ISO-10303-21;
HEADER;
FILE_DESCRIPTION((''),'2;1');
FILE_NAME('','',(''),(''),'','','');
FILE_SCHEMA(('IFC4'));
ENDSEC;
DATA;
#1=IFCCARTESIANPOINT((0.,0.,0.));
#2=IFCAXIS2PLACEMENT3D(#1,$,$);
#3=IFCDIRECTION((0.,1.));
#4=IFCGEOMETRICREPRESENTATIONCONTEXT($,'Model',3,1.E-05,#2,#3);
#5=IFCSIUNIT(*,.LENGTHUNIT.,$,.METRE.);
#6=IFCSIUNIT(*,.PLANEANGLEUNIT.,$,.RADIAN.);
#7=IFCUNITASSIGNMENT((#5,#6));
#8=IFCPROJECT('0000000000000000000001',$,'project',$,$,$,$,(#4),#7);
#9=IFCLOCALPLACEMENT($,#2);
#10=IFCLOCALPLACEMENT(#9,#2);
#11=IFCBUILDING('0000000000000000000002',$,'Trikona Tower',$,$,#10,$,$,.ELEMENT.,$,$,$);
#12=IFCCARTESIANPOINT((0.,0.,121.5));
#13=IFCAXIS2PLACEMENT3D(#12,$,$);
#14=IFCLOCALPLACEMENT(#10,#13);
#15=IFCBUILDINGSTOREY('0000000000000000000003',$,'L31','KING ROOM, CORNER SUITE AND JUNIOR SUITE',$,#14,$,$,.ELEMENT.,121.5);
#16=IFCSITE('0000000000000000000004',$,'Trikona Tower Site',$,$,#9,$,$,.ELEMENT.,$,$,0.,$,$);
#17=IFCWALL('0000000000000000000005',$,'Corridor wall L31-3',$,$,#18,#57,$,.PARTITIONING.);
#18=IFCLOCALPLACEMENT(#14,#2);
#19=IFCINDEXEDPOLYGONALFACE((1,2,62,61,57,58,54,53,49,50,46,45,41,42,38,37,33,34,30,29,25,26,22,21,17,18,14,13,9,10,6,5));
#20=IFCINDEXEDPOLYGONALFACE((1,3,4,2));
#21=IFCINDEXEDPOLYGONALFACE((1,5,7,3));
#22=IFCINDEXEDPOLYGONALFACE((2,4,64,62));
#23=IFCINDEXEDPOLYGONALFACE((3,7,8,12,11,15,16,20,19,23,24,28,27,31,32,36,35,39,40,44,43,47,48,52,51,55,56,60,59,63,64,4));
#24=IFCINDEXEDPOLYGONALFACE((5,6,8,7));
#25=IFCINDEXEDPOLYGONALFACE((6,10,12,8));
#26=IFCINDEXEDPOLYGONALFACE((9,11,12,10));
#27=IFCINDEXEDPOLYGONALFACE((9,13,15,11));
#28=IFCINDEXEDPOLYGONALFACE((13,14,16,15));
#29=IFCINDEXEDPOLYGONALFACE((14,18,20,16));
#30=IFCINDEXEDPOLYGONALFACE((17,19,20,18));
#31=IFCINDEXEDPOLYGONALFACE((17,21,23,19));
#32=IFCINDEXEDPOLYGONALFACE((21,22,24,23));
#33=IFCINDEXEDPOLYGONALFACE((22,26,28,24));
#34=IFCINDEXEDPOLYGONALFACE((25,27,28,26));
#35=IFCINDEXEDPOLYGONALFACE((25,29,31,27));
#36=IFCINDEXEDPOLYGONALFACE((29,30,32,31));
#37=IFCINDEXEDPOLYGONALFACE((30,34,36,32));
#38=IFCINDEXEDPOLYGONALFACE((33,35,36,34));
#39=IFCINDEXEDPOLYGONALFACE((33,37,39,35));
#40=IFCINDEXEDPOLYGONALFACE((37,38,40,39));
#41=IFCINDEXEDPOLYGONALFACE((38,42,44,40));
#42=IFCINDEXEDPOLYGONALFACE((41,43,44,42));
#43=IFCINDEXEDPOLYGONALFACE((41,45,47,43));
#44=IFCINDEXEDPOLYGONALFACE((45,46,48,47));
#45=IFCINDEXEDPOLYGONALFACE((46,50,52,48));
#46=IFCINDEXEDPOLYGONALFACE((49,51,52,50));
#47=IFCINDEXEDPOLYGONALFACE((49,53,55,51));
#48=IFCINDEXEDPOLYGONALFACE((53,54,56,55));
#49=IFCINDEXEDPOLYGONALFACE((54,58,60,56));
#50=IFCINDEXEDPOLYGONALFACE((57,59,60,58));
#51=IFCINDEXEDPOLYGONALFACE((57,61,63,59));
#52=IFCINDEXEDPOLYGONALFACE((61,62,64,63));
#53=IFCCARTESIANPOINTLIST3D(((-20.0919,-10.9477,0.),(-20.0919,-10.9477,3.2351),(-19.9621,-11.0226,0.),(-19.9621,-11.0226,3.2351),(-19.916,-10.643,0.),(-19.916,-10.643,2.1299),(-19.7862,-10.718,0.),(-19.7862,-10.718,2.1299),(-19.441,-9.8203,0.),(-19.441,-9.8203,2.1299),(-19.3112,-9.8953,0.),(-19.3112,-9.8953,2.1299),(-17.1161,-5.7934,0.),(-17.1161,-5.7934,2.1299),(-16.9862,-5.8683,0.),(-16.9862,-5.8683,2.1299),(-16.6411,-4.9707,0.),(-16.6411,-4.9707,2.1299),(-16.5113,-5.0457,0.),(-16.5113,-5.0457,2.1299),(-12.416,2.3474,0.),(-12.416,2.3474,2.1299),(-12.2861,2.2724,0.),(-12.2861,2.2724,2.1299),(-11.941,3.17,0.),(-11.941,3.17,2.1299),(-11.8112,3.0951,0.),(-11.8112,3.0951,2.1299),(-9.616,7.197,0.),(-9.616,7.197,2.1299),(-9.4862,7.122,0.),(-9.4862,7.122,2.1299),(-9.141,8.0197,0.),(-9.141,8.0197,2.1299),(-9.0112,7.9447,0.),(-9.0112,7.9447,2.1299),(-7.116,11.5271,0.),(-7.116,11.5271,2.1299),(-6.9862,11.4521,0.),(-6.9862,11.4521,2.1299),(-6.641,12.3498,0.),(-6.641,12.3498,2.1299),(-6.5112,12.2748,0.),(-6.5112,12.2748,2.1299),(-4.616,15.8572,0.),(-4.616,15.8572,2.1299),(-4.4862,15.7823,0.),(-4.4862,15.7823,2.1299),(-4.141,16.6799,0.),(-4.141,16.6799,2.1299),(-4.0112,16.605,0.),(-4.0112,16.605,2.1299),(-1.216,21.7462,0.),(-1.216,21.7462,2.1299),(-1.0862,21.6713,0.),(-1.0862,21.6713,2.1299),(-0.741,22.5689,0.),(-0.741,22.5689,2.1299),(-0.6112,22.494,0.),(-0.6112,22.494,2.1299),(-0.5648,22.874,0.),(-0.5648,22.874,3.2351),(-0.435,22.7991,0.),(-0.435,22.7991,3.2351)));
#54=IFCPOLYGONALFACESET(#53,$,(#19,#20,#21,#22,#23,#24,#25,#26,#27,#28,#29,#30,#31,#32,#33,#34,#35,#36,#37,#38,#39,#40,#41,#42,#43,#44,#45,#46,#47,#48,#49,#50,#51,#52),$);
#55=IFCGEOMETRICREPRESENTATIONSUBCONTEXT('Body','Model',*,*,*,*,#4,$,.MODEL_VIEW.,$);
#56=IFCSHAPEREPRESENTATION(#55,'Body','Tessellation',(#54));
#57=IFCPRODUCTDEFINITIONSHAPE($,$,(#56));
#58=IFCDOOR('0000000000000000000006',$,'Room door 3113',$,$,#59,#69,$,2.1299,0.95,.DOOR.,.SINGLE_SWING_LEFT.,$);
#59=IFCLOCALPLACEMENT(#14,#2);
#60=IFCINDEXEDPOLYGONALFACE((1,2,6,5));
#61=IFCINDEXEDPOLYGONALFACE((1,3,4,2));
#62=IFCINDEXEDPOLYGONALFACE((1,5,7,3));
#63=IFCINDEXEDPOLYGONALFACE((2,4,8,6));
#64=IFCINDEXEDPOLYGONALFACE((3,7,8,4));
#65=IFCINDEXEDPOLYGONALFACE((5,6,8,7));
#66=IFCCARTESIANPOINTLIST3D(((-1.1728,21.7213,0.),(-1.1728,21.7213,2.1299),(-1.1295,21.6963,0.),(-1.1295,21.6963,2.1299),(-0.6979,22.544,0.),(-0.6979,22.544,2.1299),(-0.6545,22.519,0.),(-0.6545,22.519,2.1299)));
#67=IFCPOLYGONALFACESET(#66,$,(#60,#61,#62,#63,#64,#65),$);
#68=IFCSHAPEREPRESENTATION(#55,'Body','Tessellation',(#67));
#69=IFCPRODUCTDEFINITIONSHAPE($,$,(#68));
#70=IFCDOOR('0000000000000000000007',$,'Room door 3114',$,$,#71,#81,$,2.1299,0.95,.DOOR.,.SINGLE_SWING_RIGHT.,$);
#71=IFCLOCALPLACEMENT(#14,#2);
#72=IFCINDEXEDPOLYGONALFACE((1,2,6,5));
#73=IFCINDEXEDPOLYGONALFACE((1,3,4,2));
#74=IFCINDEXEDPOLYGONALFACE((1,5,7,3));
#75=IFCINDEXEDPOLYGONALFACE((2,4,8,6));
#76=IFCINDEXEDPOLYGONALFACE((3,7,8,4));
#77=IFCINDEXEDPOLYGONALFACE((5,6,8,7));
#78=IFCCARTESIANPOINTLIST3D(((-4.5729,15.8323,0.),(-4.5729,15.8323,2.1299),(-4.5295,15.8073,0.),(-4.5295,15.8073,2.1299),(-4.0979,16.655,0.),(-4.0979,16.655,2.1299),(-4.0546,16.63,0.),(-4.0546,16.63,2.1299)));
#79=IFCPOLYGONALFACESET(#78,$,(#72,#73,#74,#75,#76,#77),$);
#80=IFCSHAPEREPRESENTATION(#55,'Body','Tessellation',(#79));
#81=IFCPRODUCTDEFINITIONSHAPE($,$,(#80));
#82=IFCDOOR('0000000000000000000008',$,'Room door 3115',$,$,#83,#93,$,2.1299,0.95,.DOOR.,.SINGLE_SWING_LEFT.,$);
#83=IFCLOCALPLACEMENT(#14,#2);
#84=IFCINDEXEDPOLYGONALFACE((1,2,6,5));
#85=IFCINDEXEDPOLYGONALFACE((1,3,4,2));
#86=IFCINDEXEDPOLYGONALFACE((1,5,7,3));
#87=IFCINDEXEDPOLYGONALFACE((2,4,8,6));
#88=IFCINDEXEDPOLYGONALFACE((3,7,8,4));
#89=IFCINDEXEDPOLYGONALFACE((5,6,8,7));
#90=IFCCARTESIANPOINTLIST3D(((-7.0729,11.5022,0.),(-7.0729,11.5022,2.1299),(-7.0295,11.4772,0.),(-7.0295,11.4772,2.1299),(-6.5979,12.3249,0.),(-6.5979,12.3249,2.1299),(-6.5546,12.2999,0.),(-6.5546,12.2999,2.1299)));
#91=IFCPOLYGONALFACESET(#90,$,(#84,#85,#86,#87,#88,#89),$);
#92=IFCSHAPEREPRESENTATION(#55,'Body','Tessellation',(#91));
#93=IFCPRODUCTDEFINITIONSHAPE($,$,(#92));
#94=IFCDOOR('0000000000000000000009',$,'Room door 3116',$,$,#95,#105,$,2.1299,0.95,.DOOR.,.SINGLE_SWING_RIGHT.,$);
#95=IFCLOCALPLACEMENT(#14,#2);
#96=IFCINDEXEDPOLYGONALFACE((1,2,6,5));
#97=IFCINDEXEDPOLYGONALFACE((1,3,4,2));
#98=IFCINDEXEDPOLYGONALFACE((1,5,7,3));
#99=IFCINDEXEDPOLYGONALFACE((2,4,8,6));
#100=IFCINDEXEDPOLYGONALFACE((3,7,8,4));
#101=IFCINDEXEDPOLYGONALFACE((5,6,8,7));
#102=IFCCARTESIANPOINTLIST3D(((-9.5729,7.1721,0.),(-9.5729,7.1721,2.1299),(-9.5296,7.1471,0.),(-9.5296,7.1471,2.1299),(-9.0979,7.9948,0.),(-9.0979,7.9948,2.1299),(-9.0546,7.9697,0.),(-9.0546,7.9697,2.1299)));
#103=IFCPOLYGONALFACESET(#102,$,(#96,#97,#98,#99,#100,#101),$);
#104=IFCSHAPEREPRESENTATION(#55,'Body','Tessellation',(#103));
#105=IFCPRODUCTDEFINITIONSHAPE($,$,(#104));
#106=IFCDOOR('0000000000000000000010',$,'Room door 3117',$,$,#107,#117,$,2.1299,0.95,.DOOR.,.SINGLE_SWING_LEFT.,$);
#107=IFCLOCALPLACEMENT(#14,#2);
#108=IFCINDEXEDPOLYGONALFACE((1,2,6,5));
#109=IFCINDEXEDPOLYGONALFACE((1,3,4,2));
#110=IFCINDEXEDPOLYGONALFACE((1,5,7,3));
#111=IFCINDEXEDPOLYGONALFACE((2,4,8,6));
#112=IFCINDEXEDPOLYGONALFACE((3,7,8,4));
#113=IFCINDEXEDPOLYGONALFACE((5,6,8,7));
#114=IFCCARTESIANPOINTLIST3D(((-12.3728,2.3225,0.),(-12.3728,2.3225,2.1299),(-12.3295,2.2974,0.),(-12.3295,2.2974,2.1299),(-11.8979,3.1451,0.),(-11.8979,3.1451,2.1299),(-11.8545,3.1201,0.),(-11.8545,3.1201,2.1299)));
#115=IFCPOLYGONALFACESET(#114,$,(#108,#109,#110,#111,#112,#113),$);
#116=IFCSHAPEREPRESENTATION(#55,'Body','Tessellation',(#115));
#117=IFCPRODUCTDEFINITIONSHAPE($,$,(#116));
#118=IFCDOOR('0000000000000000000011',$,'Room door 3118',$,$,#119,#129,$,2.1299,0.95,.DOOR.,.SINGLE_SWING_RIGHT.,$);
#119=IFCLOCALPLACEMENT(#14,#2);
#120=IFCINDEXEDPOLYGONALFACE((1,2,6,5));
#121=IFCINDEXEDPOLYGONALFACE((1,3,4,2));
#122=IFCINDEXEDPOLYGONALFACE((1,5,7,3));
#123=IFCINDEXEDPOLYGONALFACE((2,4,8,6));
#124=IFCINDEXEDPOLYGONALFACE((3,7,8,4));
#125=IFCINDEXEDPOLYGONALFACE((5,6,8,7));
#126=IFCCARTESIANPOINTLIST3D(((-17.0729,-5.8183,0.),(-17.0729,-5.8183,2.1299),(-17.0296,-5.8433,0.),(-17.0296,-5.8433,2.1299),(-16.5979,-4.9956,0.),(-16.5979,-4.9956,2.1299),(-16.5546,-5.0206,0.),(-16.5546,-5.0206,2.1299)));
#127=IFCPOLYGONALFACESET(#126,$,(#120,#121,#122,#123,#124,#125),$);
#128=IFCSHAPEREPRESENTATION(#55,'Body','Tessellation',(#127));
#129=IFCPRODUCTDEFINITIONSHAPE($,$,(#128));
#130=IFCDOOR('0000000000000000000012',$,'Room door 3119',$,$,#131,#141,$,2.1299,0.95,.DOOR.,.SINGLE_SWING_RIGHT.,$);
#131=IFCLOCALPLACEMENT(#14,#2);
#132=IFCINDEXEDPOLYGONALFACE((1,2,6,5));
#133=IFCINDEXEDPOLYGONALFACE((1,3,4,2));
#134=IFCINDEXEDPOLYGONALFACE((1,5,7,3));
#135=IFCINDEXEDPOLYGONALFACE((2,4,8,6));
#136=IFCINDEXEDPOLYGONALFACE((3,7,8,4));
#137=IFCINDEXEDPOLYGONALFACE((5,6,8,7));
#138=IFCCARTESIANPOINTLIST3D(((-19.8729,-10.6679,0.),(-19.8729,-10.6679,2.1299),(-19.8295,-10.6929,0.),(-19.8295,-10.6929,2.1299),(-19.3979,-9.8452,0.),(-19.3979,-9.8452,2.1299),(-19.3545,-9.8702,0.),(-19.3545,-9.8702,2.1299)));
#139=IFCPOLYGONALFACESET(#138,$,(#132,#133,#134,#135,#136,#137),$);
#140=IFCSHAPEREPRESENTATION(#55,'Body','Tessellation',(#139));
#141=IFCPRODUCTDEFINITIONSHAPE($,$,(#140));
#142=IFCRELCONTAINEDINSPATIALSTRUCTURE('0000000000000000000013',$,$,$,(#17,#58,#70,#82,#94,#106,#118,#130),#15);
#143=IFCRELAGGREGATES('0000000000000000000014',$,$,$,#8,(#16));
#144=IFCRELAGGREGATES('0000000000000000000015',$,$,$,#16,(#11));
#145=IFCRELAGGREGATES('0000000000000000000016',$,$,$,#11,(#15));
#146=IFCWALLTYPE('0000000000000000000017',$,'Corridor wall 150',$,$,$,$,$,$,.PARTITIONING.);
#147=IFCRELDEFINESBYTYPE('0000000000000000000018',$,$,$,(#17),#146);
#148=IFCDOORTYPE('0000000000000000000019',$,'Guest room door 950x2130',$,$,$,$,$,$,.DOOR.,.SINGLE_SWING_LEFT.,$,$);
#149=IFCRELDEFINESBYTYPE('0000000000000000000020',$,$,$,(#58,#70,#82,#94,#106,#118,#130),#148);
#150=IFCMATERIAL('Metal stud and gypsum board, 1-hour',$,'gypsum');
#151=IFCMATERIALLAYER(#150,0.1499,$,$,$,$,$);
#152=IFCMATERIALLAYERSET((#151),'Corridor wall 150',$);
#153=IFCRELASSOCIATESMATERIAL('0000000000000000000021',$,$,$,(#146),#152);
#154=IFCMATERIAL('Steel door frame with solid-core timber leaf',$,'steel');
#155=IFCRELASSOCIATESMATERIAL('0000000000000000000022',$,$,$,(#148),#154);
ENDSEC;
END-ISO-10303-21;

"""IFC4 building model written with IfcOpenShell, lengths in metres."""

from ifc_helpers import new_model, si_unit, direction, frame, frame_2d, origin, place, context, subcontext, project, spatial, rectangle, extrude, material, layer, layer_set, type_object, element, fill, save


model = new_model("IFC4")

# Units and contexts
model_context = context("Model", 3, precision=1e-05, world=origin(), true_north=direction((0.0, 1.0)))
body_context = subcontext(model_context, "Body", "Model", "MODEL_VIEW")
ifc_project = project(units=[si_unit("LENGTHUNIT", "METRE"), si_unit("PLANEANGLEUNIT", "RADIAN")], contexts=[model_context])

# Site, building, storey
site_placement = place(None, origin())
site = spatial("IfcSite", under=ifc_project, at=site_placement, Name="Trikona Tower Site", CompositionType="ELEMENT", RefElevation=0.0)
building_placement = place(site_placement, origin())
building = spatial("IfcBuilding", under=site, at=building_placement, Name="Trikona Tower", CompositionType="ELEMENT")
storey_placement = place(building_placement, frame((0.0, 0.0, 121.5)))
storey = spatial("IfcBuildingStorey", under=building, at=storey_placement, Name="L31", Description="KING ROOM, CORNER SUITE AND JUNIOR SUITE", CompositionType="ELEMENT", Elevation=121.5)

# Wall, openings, doors
ifc_material_1 = material(Name="Metal stud and gypsum board, 1-hour", Category="gypsum")
ifc_layer_1 = layer(ifc_material_1, 0.1499)
ifc_layer_set_1 = layer_set([ifc_layer_1], Name="Corridor wall 150")
wall_type_1 = type_object("IfcWallType", Name="Corridor wall 150", PredefinedType="PARTITIONING", material=ifc_layer_set_1)
wall_1_placement = place(storey_placement, frame((-0.5, 22.8364, 0.0), z_axis=(0.0, 0.0, 1.0), x_axis=(-0.500002, -0.866024, 0.0)))
wall_1 = element("IfcWall", 1, at=wall_1_placement, inside=storey, type_object=wall_type_1, Name="Corridor wall L31-3", PredefinedType="PARTITIONING", context=body_context, shape_type="SweptSolid", body=[
    extrude(rectangle(XDim=39.054, YDim=0.1499, at=frame_2d((19.5269, 0.0))), origin(), (0.0, 0.0, 1.0), 3.2351),
])
opening_1_placement = place(wall_1_placement, frame((0.3521, 0.0, 0.0)))
opening_1 = element("IfcOpeningElement", 2, at=opening_1_placement, cuts=wall_1, PredefinedType="OPENING", context=body_context, shape_type="SweptSolid", body=[
    extrude(rectangle(XDim=0.95, YDim=2.1299, at=frame_2d((0.4751, 1.0649))), frame((0.0, 0.085, 0.0), z_axis=(0.0, -1.0, 0.0), x_axis=(1.0, 0.0, 0.0)), (0.0, 0.0, 1.0), 0.1699),
])
opening_2_placement = place(wall_1_placement, frame((7.1521, 0.0, 0.0)))
opening_2 = element("IfcOpeningElement", 3, at=opening_2_placement, cuts=wall_1, PredefinedType="OPENING", context=body_context, shape_type="SweptSolid", body=[
    extrude(rectangle(XDim=0.95, YDim=2.1299, at=frame_2d((0.4751, 1.0649))), frame((0.0, 0.085, 0.0), z_axis=(0.0, -1.0, 0.0), x_axis=(1.0, 0.0, 0.0)), (0.0, 0.0, 1.0), 0.1699),
])
opening_3_placement = place(wall_1_placement, frame((12.1521, 0.0, 0.0)))
opening_3 = element("IfcOpeningElement", 4, at=opening_3_placement, cuts=wall_1, PredefinedType="OPENING", context=body_context, shape_type="SweptSolid", body=[
    extrude(rectangle(XDim=0.95, YDim=2.1299, at=frame_2d((0.4751, 1.0649))), frame((0.0, 0.085, 0.0), z_axis=(0.0, -1.0, 0.0), x_axis=(1.0, 0.0, 0.0)), (0.0, 0.0, 1.0), 0.1699),
])
opening_4_placement = place(wall_1_placement, frame((17.1521, 0.0, 0.0)))
opening_4 = element("IfcOpeningElement", 5, at=opening_4_placement, cuts=wall_1, PredefinedType="OPENING", context=body_context, shape_type="SweptSolid", body=[
    extrude(rectangle(XDim=0.95, YDim=2.1299, at=frame_2d((0.4751, 1.0649))), frame((0.0, 0.085, 0.0), z_axis=(0.0, -1.0, 0.0), x_axis=(1.0, 0.0, 0.0)), (0.0, 0.0, 1.0), 0.1699),
])
opening_5_placement = place(wall_1_placement, frame((22.752, 0.0, 0.0)))
opening_5 = element("IfcOpeningElement", 6, at=opening_5_placement, cuts=wall_1, PredefinedType="OPENING", context=body_context, shape_type="SweptSolid", body=[
    extrude(rectangle(XDim=0.95, YDim=2.1299, at=frame_2d((0.4751, 1.0649))), frame((0.0, 0.085, 0.0), z_axis=(0.0, -1.0, 0.0), x_axis=(1.0, 0.0, 0.0)), (0.0, 0.0, 1.0), 0.1699),
])
opening_6_placement = place(wall_1_placement, frame((32.1521, 0.0, 0.0)))
opening_6 = element("IfcOpeningElement", 7, at=opening_6_placement, cuts=wall_1, PredefinedType="OPENING", context=body_context, shape_type="SweptSolid", body=[
    extrude(rectangle(XDim=0.95, YDim=2.1299, at=frame_2d((0.4751, 1.0649))), frame((0.0, 0.085, 0.0), z_axis=(0.0, -1.0, 0.0), x_axis=(1.0, 0.0, 0.0)), (0.0, 0.0, 1.0), 0.1699),
])
opening_7_placement = place(wall_1_placement, frame((37.752, 0.0, 0.0)))
opening_7 = element("IfcOpeningElement", 8, at=opening_7_placement, cuts=wall_1, PredefinedType="OPENING", context=body_context, shape_type="SweptSolid", body=[
    extrude(rectangle(XDim=0.95, YDim=2.1299, at=frame_2d((0.4751, 1.0649))), frame((0.0, 0.085, 0.0), z_axis=(0.0, -1.0, 0.0), x_axis=(1.0, 0.0, 0.0)), (0.0, 0.0, 1.0), 0.1699),
])
ifc_material_2 = material(Name="Steel door frame with solid-core timber leaf", Category="steel")
door_type = type_object("IfcDoorType", Name="Guest room door 950x2130", OperationType="SINGLE_SWING_LEFT", PredefinedType="DOOR", material=ifc_material_2)
door_1_placement = place(opening_1_placement, origin())
door_1 = element("IfcDoor", 9, at=door_1_placement, inside=storey, type_object=door_type, Name="Room door 3113", OperationType="SINGLE_SWING_LEFT", OverallHeight=2.1299, OverallWidth=0.95, PredefinedType="DOOR", context=body_context, shape_type="SweptSolid", body=[
    extrude(rectangle(XDim=0.95, YDim=2.1299, at=frame_2d((0.4751, 1.0649))), frame((0.0, 0.0249, 0.0), z_axis=(0.0, -1.0, 0.0), x_axis=(1.0, 0.0, 0.0)), (0.0, 0.0, 1.0), 0.05),
])
fill(opening_1, door_1)
door_2_placement = place(opening_2_placement, origin())
door_2 = element("IfcDoor", 10, at=door_2_placement, inside=storey, type_object=door_type, Name="Room door 3114", OperationType="SINGLE_SWING_RIGHT", OverallHeight=2.1299, OverallWidth=0.95, PredefinedType="DOOR", context=body_context, shape_type="SweptSolid", body=[
    extrude(rectangle(XDim=0.95, YDim=2.1299, at=frame_2d((0.4751, 1.0649))), frame((0.0, 0.0249, 0.0), z_axis=(0.0, -1.0, 0.0), x_axis=(1.0, 0.0, 0.0)), (0.0, 0.0, 1.0), 0.05),
])
fill(opening_2, door_2)
door_3_placement = place(opening_3_placement, origin())
door_3 = element("IfcDoor", 11, at=door_3_placement, inside=storey, type_object=door_type, Name="Room door 3115", OperationType="SINGLE_SWING_LEFT", OverallHeight=2.1299, OverallWidth=0.95, PredefinedType="DOOR", context=body_context, shape_type="SweptSolid", body=[
    extrude(rectangle(XDim=0.95, YDim=2.1299, at=frame_2d((0.4751, 1.0649))), frame((0.0, 0.0249, 0.0), z_axis=(0.0, -1.0, 0.0), x_axis=(1.0, 0.0, 0.0)), (0.0, 0.0, 1.0), 0.05),
])
fill(opening_3, door_3)
door_4_placement = place(opening_4_placement, origin())
door_4 = element("IfcDoor", 12, at=door_4_placement, inside=storey, type_object=door_type, Name="Room door 3116", OperationType="SINGLE_SWING_RIGHT", OverallHeight=2.1299, OverallWidth=0.95, PredefinedType="DOOR", context=body_context, shape_type="SweptSolid", body=[
    extrude(rectangle(XDim=0.95, YDim=2.1299, at=frame_2d((0.4751, 1.0649))), frame((0.0, 0.0249, 0.0), z_axis=(0.0, -1.0, 0.0), x_axis=(1.0, 0.0, 0.0)), (0.0, 0.0, 1.0), 0.05),
])
fill(opening_4, door_4)
door_5_placement = place(opening_5_placement, origin())
door_5 = element("IfcDoor", 13, at=door_5_placement, inside=storey, type_object=door_type, Name="Room door 3117", OperationType="SINGLE_SWING_LEFT", OverallHeight=2.1299, OverallWidth=0.95, PredefinedType="DOOR", context=body_context, shape_type="SweptSolid", body=[
    extrude(rectangle(XDim=0.95, YDim=2.1299, at=frame_2d((0.4751, 1.0649))), frame((0.0, 0.0249, 0.0), z_axis=(0.0, -1.0, 0.0), x_axis=(1.0, 0.0, 0.0)), (0.0, 0.0, 1.0), 0.05),
])
fill(opening_5, door_5)
door_6_placement = place(opening_6_placement, origin())
door_6 = element("IfcDoor", 14, at=door_6_placement, inside=storey, type_object=door_type, Name="Room door 3118", OperationType="SINGLE_SWING_RIGHT", OverallHeight=2.1299, OverallWidth=0.95, PredefinedType="DOOR", context=body_context, shape_type="SweptSolid", body=[
    extrude(rectangle(XDim=0.95, YDim=2.1299, at=frame_2d((0.4751, 1.0649))), frame((0.0, 0.0249, 0.0), z_axis=(0.0, -1.0, 0.0), x_axis=(1.0, 0.0, 0.0)), (0.0, 0.0, 1.0), 0.05),
])
fill(opening_6, door_6)
door_7_placement = place(opening_7_placement, origin())
door_7 = element("IfcDoor", 15, at=door_7_placement, inside=storey, type_object=door_type, Name="Room door 3119", OperationType="SINGLE_SWING_RIGHT", OverallHeight=2.1299, OverallWidth=0.95, PredefinedType="DOOR", context=body_context, shape_type="SweptSolid", body=[
    extrude(rectangle(XDim=0.95, YDim=2.1299, at=frame_2d((0.4751, 1.0649))), frame((0.0, 0.0249, 0.0), z_axis=(0.0, -1.0, 0.0), x_axis=(1.0, 0.0, 0.0)), (0.0, 0.0, 1.0), 0.05),
])
fill(opening_7, door_7)

save(model, "model.ifc")
